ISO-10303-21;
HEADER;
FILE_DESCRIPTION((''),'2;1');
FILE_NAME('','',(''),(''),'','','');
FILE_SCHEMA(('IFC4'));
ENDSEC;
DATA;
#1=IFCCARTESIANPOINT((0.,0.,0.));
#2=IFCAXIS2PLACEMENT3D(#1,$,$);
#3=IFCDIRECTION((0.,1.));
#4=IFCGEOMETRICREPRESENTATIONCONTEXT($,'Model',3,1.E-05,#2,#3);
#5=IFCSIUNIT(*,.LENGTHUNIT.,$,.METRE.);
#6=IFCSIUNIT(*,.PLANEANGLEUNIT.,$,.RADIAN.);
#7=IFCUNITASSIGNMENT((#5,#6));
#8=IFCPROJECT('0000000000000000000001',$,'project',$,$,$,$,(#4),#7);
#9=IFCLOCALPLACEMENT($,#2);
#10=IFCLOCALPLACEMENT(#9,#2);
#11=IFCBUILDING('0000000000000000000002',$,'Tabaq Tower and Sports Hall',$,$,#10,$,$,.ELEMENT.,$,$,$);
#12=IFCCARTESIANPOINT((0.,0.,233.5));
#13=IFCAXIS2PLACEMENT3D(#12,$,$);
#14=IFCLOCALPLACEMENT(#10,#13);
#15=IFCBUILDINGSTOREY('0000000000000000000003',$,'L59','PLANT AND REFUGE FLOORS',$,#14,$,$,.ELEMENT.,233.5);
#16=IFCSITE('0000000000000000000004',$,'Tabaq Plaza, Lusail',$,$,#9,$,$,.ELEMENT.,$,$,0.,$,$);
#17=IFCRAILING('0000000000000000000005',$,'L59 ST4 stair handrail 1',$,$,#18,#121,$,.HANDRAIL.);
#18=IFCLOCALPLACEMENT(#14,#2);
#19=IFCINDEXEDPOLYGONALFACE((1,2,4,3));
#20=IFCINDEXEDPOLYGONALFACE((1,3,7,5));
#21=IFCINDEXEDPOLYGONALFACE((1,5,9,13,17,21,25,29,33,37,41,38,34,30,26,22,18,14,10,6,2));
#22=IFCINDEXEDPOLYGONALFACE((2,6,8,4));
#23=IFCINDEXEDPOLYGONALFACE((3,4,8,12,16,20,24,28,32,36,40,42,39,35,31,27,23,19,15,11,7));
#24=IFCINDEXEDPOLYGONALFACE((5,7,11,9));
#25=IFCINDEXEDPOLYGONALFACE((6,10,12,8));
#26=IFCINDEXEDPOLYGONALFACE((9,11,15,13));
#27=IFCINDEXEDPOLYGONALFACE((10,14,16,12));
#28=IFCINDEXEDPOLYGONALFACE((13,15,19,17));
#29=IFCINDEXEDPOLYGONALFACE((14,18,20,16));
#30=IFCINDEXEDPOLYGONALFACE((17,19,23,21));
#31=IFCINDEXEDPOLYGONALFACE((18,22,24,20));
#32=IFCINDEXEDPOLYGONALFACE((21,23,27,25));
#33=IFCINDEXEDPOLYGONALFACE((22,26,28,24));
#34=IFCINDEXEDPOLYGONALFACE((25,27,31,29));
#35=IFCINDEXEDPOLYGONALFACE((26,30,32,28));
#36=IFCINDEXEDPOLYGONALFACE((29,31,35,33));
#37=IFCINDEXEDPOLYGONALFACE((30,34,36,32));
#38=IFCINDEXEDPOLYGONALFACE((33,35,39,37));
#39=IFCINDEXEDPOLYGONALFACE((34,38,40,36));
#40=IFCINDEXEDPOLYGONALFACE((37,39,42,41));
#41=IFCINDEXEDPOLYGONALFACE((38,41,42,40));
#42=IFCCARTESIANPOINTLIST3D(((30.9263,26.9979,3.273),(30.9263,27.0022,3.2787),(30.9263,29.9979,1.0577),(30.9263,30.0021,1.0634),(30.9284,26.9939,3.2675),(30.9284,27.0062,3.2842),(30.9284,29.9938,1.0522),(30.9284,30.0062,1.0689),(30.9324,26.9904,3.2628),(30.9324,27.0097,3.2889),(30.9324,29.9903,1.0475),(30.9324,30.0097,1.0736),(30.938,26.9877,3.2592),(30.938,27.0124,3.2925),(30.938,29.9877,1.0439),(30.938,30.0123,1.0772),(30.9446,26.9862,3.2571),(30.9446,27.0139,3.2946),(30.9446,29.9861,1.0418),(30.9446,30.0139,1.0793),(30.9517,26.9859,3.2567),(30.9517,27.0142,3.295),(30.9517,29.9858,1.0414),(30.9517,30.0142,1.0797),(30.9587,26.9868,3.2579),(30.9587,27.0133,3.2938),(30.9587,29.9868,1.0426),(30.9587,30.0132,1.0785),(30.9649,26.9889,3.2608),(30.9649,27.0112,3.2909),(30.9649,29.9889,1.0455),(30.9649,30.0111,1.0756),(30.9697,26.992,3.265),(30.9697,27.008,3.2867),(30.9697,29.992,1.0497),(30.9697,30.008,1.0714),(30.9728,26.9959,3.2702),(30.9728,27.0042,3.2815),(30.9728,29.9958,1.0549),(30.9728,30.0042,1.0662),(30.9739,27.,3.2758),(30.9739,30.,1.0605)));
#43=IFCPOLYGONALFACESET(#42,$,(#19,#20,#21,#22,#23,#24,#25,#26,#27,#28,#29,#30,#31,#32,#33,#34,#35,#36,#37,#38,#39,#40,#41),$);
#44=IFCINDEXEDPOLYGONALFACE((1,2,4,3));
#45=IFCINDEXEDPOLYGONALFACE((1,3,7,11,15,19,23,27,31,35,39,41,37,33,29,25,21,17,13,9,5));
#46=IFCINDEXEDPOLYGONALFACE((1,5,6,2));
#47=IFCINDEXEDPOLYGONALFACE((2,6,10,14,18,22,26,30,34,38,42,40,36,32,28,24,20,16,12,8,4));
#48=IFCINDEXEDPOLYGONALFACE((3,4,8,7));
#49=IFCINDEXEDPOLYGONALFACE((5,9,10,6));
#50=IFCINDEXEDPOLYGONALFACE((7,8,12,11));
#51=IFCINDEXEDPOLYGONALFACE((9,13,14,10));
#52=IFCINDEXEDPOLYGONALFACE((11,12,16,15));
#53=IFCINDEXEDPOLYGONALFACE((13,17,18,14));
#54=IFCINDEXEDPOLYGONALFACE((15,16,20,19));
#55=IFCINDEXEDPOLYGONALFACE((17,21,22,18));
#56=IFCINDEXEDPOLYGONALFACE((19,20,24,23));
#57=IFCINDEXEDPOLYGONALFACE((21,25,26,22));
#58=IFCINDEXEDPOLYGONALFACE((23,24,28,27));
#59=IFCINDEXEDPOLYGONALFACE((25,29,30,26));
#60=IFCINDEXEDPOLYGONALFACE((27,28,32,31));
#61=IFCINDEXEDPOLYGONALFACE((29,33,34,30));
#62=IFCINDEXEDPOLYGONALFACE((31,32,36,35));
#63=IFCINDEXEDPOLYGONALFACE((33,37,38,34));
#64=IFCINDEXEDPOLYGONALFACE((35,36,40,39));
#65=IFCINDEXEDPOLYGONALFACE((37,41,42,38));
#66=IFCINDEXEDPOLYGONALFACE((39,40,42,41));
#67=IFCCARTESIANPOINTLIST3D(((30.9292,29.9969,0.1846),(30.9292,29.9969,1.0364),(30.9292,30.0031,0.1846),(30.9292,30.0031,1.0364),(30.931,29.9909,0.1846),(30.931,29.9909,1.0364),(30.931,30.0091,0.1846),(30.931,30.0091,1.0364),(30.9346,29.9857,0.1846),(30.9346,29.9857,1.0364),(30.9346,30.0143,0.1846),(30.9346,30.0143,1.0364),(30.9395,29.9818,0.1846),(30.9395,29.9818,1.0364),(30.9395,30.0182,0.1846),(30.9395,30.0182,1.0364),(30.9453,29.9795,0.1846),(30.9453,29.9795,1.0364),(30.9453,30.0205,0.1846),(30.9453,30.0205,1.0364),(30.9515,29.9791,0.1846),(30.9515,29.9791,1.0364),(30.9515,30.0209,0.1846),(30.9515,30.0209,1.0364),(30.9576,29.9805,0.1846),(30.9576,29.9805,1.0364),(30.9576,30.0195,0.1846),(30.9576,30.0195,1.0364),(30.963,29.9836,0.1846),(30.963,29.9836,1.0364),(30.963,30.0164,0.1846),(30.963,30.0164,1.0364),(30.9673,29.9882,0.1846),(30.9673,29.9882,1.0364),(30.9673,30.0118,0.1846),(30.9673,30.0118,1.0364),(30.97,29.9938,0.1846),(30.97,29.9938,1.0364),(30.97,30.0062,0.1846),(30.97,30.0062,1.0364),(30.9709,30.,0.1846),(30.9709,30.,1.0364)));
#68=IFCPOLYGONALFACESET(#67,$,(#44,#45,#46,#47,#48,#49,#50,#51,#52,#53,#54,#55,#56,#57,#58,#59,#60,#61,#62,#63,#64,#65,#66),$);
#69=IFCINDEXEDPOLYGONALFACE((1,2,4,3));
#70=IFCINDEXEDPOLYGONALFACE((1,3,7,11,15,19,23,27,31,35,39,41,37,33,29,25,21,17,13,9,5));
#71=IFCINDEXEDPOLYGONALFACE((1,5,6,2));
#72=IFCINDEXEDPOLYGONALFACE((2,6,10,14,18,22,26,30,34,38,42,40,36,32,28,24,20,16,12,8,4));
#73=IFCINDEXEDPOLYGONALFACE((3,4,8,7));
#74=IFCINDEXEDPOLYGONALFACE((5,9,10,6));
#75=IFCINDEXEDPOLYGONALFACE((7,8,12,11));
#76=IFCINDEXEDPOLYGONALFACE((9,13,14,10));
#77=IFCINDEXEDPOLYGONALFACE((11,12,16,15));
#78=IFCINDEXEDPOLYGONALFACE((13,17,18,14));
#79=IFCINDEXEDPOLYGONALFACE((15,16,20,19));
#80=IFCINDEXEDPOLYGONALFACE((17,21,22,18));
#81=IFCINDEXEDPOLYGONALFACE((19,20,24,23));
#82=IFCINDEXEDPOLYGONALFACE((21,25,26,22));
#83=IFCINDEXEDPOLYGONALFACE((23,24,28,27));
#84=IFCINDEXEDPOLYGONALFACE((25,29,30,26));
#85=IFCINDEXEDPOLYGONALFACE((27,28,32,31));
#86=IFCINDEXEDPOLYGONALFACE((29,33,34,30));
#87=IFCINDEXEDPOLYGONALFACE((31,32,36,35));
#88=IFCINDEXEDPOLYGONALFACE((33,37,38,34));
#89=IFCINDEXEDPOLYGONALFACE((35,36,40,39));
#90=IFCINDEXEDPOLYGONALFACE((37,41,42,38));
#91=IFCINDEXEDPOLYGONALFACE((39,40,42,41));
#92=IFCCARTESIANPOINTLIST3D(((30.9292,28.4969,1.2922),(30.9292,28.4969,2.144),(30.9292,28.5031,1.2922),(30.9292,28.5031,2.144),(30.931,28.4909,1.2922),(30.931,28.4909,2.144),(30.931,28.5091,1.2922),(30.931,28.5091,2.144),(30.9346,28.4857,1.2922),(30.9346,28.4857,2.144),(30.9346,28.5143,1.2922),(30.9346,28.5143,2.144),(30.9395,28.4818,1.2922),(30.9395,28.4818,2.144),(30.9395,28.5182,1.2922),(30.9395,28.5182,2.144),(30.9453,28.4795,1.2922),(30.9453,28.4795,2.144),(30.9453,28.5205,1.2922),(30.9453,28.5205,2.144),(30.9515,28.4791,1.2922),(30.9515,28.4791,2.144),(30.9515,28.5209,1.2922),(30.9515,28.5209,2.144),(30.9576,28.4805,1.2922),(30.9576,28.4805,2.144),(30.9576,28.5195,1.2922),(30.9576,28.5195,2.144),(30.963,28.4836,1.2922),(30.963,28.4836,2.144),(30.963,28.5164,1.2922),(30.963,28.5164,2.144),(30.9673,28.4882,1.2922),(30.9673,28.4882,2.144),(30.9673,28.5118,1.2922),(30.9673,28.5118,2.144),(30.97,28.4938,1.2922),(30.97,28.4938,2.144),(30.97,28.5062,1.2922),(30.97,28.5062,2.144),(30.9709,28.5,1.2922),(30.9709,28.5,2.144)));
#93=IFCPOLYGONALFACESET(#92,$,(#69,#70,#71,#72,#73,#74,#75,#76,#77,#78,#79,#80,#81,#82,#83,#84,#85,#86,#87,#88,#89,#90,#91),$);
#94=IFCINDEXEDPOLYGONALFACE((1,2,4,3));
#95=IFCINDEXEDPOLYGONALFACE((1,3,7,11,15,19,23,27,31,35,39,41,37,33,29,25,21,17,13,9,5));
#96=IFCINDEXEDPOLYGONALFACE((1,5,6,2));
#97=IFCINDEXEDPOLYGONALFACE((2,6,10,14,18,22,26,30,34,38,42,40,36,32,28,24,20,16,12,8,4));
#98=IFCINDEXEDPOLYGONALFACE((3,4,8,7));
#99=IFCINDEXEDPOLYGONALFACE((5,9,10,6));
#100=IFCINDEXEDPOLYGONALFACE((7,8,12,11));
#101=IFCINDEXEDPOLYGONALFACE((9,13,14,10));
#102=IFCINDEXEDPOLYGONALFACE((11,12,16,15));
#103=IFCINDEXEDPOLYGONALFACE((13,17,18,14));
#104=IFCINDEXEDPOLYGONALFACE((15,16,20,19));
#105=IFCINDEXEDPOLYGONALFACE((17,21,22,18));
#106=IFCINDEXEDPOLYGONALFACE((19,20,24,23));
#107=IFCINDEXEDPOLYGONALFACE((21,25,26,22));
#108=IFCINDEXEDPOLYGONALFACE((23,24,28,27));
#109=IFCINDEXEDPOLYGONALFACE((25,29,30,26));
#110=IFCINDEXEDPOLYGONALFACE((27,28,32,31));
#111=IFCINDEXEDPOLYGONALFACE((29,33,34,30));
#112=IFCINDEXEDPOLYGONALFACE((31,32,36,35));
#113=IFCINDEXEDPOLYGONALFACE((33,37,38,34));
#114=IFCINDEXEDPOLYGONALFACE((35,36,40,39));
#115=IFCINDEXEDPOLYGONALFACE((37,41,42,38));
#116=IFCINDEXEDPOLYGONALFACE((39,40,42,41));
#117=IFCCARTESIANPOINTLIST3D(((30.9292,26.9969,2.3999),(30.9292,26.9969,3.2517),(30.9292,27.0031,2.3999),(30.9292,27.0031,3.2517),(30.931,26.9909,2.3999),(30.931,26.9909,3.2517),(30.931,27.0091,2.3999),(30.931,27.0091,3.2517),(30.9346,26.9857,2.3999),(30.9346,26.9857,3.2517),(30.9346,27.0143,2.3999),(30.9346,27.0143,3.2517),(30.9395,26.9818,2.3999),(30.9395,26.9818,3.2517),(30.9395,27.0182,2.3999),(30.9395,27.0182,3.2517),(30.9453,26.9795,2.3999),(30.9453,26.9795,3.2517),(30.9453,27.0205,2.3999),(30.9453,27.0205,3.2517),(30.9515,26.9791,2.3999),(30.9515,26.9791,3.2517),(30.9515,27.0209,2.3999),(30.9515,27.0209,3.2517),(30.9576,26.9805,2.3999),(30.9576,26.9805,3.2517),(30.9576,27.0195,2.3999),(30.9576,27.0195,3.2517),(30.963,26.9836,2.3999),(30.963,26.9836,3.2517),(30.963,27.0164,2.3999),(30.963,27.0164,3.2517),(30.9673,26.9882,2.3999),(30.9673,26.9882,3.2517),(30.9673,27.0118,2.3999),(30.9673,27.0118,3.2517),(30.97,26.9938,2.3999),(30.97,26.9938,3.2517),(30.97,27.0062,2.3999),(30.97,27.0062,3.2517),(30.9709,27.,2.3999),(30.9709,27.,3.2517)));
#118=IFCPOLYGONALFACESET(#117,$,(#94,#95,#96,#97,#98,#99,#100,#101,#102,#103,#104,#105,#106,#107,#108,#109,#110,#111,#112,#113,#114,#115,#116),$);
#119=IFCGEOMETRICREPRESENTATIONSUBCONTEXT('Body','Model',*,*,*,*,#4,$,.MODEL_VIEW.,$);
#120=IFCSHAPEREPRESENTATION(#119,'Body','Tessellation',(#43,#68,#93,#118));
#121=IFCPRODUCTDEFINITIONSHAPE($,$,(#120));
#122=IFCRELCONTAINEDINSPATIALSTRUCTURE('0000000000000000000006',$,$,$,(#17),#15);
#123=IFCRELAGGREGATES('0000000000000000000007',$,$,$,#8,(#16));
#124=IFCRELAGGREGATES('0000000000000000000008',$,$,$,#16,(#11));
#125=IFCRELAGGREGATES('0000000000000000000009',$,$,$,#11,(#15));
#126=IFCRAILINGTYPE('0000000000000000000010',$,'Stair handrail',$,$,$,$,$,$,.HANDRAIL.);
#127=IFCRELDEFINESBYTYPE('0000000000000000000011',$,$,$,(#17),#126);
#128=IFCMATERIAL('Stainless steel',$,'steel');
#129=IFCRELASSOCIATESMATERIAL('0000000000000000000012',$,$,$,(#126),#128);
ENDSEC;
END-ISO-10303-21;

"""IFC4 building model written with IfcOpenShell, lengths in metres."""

from ifc_helpers import new_model, si_unit, direction, frame, origin, origin_2d, place, context, subcontext, project, spatial, circle, extrude, material, type_object, element, save


model = new_model("IFC4")

# Units and contexts
model_context = context("Model", 3, precision=1e-05, world=origin(), true_north=direction((0.0, 1.0)))
body_context = subcontext(model_context, "Body", "Model", "MODEL_VIEW")
ifc_project = project(units=[si_unit("LENGTHUNIT", "METRE"), si_unit("PLANEANGLEUNIT", "RADIAN")], contexts=[model_context])

# Site, building, storey
site_placement = place(None, origin())
site = spatial("IfcSite", under=ifc_project, at=site_placement, Name="Tabaq Plaza, Lusail", CompositionType="ELEMENT", RefElevation=0.0)
building_placement = place(site_placement, origin())
building = spatial("IfcBuilding", under=site, at=building_placement, Name="Tabaq Tower and Sports Hall", CompositionType="ELEMENT")
storey_placement = place(building_placement, frame((0.0, 0.0, 233.5)))
storey = spatial("IfcBuildingStorey", under=building, at=storey_placement, Name="L59", Description="PLANT AND REFUGE FLOORS", CompositionType="ELEMENT", Elevation=233.5)

# Railing
ifc_material_1 = material(Name="Stainless steel", Category="steel")
railing_type_1 = type_object("IfcRailingType", Name="Stair handrail", PredefinedType="HANDRAIL", material=ifc_material_1)
railing_1_placement = place(storey_placement, frame((30.95, 30.0, 0.1846)))
element("IfcRailing", 1, at=railing_1_placement, inside=storey, type_object=railing_type_1, Name="L59 ST4 stair handrail 1", PredefinedType="HANDRAIL", context=body_context, shape_type="SweptSolid", body=[
    extrude(circle(Radius=0.0239, at=origin_2d()), frame((0.0, 0.0, 0.876), z_axis=(0.0, -0.80444, 0.594034), x_axis=(1.0, 0.0, 0.0)), (0.0, 0.0, 1.0), 3.7292),
    extrude(circle(Radius=0.021, at=origin_2d()), origin(), (0.0, 0.0, 1.0), 0.8518),
    extrude(circle(Radius=0.021, at=origin_2d()), frame((0.0, -1.5, 1.1077)), (0.0, 0.0, 1.0), 0.8518),
    extrude(circle(Radius=0.021, at=origin_2d()), frame((0.0, -3.0, 2.2153)), (0.0, 0.0, 1.0), 0.8518),
])

save(model, "model.ifc")
